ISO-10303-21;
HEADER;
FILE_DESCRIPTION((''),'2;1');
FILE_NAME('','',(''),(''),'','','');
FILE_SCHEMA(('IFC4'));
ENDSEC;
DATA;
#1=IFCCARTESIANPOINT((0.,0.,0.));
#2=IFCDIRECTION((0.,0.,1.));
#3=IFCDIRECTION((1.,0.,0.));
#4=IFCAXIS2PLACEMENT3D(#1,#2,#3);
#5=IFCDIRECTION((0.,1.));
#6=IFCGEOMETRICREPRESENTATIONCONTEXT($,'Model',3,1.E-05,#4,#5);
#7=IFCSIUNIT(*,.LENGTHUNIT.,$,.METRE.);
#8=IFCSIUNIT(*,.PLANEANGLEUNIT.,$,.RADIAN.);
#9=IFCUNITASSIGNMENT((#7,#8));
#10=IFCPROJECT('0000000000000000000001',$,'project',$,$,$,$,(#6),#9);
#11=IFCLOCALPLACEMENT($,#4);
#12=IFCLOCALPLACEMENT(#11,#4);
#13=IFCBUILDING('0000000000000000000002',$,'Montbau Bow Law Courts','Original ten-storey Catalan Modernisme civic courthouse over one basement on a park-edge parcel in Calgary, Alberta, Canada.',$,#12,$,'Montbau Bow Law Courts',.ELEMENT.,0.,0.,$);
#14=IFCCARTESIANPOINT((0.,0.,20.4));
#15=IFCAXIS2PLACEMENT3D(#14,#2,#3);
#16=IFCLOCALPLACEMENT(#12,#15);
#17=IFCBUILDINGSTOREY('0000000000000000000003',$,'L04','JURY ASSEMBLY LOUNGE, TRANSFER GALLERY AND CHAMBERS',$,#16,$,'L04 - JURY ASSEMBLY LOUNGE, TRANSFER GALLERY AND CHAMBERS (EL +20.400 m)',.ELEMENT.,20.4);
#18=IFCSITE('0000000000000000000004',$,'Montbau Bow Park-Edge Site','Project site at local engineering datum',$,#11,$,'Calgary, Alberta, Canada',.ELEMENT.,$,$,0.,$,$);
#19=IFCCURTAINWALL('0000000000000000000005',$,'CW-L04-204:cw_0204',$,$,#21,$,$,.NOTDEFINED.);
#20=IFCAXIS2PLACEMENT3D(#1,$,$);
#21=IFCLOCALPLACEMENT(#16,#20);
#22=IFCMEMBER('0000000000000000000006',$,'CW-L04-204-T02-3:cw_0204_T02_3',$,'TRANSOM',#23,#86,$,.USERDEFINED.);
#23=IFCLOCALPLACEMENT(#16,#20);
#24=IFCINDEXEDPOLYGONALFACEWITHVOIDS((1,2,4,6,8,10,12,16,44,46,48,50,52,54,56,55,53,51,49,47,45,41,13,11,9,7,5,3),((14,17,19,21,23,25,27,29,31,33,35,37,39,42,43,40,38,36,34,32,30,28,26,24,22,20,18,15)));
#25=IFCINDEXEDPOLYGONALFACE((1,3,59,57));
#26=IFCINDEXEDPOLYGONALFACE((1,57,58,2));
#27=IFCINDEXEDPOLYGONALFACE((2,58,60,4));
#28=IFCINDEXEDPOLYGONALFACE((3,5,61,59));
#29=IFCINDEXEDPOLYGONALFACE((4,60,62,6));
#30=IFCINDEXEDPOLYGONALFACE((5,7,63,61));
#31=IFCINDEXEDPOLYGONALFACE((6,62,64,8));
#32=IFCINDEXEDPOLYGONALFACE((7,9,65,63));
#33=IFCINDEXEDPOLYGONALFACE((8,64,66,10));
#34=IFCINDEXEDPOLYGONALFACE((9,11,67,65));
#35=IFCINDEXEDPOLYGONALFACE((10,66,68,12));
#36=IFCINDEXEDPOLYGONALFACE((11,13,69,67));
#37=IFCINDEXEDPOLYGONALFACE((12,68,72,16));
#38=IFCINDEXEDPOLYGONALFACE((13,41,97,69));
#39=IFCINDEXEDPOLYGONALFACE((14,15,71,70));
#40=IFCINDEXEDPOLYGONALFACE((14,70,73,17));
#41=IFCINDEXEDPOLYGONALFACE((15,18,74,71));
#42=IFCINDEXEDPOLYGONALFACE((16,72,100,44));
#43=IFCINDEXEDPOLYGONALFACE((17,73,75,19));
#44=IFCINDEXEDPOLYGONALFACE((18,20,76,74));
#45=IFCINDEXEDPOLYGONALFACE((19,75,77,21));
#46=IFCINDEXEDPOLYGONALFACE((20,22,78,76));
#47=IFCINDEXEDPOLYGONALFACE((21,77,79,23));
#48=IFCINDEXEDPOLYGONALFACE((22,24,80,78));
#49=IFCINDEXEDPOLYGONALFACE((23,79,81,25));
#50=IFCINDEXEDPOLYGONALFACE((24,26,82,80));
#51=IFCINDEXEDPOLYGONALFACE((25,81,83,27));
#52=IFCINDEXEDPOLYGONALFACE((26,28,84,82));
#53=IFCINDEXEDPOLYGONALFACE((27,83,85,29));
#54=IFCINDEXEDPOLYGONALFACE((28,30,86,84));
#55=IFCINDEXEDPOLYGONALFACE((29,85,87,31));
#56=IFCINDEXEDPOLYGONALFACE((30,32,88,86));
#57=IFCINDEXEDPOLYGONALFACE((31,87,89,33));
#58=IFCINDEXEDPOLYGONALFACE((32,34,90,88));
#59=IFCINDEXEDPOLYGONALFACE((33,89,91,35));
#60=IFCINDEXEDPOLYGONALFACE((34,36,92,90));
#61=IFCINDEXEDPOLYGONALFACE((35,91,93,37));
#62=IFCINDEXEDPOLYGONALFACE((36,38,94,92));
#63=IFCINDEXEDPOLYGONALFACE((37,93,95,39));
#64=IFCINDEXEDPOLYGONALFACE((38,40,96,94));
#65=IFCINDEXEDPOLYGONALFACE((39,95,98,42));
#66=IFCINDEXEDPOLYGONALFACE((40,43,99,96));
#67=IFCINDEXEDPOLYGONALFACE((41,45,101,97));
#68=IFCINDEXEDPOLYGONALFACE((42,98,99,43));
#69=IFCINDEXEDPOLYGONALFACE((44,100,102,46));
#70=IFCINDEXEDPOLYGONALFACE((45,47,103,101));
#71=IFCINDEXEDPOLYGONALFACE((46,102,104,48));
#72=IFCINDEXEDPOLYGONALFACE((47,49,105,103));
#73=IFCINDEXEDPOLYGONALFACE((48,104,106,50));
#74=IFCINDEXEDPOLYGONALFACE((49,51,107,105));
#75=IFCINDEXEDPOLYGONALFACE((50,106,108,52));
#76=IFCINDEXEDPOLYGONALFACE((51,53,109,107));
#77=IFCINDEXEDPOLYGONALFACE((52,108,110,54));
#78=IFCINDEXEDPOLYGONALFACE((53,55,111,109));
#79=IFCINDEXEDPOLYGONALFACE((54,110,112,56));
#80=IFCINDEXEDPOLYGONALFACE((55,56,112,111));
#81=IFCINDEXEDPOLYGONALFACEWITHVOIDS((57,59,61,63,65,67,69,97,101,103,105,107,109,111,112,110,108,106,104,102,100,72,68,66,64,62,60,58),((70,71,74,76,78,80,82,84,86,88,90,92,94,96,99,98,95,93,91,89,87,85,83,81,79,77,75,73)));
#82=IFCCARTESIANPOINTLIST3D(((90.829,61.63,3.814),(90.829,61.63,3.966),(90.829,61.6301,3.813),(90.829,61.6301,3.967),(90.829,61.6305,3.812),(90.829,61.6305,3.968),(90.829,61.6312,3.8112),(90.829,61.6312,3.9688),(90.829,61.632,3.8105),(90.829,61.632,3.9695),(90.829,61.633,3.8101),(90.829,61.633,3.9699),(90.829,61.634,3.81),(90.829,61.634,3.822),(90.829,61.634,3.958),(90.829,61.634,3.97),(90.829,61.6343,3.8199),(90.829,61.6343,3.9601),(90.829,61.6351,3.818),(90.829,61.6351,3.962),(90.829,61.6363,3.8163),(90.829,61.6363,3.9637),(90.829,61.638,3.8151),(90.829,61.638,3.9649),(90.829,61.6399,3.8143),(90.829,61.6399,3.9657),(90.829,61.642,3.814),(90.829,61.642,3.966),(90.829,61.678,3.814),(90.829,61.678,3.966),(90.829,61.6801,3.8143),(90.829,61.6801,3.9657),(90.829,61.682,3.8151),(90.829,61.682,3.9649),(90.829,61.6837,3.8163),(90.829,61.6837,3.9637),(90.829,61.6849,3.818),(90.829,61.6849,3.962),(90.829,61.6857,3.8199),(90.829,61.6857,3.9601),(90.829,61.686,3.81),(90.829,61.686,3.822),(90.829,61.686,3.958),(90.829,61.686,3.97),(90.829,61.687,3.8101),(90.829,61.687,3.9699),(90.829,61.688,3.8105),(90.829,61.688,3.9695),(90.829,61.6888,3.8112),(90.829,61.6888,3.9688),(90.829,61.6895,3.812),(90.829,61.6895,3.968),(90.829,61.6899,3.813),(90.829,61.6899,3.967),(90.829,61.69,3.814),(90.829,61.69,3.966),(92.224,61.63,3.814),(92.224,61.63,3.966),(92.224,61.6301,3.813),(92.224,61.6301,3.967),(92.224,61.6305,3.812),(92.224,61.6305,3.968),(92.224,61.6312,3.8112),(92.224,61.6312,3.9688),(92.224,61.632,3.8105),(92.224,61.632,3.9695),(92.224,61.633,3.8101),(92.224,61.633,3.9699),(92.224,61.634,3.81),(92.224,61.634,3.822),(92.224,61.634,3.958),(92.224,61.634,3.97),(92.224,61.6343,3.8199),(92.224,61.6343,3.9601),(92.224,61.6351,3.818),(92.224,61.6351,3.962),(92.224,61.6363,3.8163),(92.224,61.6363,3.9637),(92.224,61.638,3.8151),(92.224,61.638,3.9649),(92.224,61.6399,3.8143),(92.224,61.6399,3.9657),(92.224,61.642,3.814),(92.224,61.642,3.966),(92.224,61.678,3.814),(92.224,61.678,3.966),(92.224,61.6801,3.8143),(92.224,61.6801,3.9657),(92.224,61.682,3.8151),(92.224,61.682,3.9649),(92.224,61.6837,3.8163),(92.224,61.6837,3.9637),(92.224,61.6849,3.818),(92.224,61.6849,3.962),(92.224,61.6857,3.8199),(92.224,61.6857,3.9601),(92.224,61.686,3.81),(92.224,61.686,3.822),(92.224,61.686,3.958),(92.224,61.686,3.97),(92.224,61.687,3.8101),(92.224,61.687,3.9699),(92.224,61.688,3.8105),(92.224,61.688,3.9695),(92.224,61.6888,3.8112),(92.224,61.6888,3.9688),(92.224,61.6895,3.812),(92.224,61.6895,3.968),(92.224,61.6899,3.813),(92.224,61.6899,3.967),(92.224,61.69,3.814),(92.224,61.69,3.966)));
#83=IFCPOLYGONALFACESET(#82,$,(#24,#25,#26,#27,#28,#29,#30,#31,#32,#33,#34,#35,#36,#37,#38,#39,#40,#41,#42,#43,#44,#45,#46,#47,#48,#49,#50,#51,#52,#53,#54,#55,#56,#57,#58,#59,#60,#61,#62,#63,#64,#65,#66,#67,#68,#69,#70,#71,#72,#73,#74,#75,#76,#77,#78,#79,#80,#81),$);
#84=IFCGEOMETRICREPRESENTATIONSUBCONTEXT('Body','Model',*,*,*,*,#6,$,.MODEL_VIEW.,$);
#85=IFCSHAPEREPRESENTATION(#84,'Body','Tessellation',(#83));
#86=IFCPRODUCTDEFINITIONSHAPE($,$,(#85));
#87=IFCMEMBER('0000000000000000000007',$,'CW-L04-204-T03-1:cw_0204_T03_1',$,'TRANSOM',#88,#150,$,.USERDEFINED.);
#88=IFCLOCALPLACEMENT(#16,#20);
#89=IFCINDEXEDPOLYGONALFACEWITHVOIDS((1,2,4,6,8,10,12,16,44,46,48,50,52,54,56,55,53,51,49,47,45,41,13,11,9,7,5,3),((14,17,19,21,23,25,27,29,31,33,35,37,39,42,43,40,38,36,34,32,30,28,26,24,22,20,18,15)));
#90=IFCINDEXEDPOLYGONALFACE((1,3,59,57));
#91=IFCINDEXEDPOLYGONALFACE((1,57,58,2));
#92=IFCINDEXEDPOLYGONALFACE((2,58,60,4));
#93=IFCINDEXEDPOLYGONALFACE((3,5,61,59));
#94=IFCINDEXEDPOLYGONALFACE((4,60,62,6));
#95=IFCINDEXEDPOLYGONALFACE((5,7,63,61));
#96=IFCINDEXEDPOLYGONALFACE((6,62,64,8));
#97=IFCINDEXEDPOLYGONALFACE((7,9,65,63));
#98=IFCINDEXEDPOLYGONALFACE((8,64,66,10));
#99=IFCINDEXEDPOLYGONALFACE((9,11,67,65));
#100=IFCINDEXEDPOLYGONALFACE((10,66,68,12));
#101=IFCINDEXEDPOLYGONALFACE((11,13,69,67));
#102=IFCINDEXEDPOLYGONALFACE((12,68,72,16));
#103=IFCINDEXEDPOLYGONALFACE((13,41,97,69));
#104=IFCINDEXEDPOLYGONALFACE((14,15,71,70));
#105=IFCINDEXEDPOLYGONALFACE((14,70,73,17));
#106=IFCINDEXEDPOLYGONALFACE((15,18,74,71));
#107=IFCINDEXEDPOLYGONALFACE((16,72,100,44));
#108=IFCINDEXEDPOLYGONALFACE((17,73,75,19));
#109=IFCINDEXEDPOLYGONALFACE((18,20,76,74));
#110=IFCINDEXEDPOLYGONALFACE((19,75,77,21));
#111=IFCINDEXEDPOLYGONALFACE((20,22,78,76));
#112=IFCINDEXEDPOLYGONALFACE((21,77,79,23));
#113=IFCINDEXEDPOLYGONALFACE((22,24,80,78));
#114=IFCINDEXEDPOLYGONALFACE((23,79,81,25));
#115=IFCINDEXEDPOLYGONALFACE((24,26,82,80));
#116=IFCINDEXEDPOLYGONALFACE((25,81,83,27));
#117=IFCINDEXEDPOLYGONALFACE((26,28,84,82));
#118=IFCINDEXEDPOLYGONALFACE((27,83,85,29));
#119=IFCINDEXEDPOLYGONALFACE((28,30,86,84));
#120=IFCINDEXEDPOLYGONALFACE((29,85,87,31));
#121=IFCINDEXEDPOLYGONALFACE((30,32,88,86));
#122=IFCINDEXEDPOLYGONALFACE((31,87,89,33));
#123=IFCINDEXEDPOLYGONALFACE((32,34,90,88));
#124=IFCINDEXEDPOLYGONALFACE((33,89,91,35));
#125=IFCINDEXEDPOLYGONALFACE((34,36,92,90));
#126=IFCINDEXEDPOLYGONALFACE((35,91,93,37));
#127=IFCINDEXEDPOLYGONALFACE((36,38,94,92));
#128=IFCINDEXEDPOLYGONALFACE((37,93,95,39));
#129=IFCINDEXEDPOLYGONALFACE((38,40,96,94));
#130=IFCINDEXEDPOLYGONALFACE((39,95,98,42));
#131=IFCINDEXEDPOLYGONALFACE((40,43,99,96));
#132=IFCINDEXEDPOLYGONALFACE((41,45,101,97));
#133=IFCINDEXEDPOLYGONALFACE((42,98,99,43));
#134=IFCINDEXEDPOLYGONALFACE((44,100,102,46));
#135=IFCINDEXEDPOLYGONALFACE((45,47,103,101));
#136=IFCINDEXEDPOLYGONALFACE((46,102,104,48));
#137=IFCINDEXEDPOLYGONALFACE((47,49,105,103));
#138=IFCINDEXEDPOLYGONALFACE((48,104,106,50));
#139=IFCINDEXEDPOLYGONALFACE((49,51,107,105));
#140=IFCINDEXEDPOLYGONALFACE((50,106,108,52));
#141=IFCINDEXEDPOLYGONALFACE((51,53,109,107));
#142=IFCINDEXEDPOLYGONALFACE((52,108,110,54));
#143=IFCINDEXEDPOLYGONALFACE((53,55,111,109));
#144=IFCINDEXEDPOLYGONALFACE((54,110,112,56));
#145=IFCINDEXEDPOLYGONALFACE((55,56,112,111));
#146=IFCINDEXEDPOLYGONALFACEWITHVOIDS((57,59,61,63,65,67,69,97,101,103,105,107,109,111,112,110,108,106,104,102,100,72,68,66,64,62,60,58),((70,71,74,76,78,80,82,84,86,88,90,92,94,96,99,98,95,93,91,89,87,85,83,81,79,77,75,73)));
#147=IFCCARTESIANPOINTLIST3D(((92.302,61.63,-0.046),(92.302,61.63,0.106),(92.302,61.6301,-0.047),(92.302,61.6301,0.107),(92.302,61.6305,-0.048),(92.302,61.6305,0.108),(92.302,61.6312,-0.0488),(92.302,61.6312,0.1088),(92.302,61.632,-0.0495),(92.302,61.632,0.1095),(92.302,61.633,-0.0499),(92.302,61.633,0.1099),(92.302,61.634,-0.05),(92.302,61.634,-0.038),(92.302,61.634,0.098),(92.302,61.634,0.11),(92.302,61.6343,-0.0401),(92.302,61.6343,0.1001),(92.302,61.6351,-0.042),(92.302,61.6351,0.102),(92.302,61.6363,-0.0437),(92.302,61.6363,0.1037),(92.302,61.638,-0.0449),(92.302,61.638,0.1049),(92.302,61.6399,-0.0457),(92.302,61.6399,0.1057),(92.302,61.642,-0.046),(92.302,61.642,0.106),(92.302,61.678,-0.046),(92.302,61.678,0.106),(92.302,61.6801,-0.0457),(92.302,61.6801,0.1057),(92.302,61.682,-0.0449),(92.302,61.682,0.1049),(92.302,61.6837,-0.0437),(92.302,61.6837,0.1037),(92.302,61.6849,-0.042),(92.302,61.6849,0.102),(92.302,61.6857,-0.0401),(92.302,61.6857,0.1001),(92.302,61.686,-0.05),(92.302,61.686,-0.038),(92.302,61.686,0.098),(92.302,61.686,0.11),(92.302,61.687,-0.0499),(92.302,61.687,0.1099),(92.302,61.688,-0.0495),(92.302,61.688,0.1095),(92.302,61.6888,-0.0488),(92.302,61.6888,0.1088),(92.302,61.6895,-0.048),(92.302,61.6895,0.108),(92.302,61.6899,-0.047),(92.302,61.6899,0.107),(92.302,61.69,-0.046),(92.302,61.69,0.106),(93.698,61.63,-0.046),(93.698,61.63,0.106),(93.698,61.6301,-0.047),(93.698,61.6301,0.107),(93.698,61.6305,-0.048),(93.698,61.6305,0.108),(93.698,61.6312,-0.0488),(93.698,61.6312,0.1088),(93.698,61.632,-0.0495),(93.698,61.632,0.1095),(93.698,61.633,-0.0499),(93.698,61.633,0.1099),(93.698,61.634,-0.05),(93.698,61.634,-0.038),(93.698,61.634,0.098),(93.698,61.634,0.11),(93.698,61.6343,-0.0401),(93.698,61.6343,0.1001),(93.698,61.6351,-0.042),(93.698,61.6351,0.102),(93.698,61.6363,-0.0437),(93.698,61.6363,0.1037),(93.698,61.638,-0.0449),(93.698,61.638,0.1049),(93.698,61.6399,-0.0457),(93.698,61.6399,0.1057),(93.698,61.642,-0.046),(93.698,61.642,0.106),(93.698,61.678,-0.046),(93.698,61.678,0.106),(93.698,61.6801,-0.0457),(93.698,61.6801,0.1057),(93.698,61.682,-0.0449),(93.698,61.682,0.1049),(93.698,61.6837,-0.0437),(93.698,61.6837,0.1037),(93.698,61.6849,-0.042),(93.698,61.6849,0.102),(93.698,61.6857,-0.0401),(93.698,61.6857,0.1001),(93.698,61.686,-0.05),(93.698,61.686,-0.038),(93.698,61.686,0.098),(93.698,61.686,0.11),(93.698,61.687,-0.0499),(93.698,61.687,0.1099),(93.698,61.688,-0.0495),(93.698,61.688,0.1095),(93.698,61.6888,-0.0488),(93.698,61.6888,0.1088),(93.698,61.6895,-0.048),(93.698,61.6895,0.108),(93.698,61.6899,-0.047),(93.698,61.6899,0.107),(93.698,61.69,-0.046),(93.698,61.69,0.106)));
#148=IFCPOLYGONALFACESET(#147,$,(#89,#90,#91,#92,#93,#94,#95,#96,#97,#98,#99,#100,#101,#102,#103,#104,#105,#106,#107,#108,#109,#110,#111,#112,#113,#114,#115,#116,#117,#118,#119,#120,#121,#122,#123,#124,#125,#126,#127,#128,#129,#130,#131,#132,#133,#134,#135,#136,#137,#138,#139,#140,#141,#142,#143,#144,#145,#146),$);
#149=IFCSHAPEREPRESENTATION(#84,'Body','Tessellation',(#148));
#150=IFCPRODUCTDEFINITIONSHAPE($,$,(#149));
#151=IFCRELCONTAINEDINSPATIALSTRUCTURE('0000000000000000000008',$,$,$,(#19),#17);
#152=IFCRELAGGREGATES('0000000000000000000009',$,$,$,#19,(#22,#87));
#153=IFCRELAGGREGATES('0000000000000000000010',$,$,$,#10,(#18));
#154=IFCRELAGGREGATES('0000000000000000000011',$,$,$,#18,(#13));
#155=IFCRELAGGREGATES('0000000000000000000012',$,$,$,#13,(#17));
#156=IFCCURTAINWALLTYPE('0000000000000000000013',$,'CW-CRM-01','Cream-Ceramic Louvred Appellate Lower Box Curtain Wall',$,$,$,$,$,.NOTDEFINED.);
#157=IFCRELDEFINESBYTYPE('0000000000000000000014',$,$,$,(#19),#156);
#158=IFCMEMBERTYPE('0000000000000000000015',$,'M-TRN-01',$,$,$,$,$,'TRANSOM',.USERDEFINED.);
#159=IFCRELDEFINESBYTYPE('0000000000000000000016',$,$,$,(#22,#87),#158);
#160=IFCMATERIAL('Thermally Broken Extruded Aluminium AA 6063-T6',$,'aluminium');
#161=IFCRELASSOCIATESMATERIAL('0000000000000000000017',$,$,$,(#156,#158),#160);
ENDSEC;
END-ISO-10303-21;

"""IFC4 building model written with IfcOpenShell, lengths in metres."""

from ifc_helpers import new_model, si_unit, direction, frame, origin_with_axes, origin_2d_with_axis, place, context, subcontext, project, spatial, hollow_rectangle, extrude, material, material_profile, profile_set, type_object, element, aggregate, save


model = new_model("IFC4")

# Units and contexts
model_context = context("Model", 3, precision=1e-05, world=origin_with_axes(), true_north=direction((0.0, 1.0)))
body_context = subcontext(model_context, "Body", "Model", "MODEL_VIEW")
ifc_project = project(units=[si_unit("LENGTHUNIT", "METRE"), si_unit("PLANEANGLEUNIT", "RADIAN")], contexts=[model_context])

# Site, building, storey
site_placement = place(None, origin_with_axes())
site = spatial("IfcSite", under=ifc_project, at=site_placement, Name="Montbau Bow Park-Edge Site", Description="Project site at local engineering datum", LongName="Calgary, Alberta, Canada", CompositionType="ELEMENT", RefElevation=0.0)
building_placement = place(site_placement, origin_with_axes())
building = spatial("IfcBuilding", under=site, at=building_placement, Name="Montbau Bow Law Courts", Description="Original ten-storey Catalan Modernisme civic courthouse over one basement on a park-edge parcel in Calgary, Alberta, Canada.", LongName="Montbau Bow Law Courts", CompositionType="ELEMENT", ElevationOfRefHeight=0.0, ElevationOfTerrain=0.0)
storey_placement = place(building_placement, frame((0.0, 0.0, 20.4), z_axis=(0.0, 0.0, 1.0), x_axis=(1.0, 0.0, 0.0)))
storey = spatial("IfcBuildingStorey", under=building, at=storey_placement, Name="L04", Description="JURY ASSEMBLY LOUNGE, TRANSFER GALLERY AND CHAMBERS", LongName="L04 - JURY ASSEMBLY LOUNGE, TRANSFER GALLERY AND CHAMBERS (EL +20.400 m)", CompositionType="ELEMENT", Elevation=20.4)

# Curtain wall, members
ifc_material_1 = material(Name="Thermally Broken Extruded Aluminium AA 6063-T6", Category="aluminium")
curtain_wall_type = type_object("IfcCurtainWallType", Name="CW-CRM-01", Description="Cream-Ceramic Louvred Appellate Lower Box Curtain Wall", PredefinedType="NOTDEFINED", material=ifc_material_1)
curtain_wall_placement = place(None, frame((89.315, 61.66, 20.4), z_axis=(0.0, 0.0, 1.0), x_axis=(1.0, 0.0, 0.0)))
curtain_wall = element("IfcCurtainWall", 1, at=curtain_wall_placement, inside=storey, type_object=curtain_wall_type, Name="CW-L04-204:cw_0204", PredefinedType="NOTDEFINED")
ifc_material_profile_1 = material_profile(ifc_material_1, hollow_rectangle(XDim=0.06, YDim=0.16, WallThickness=0.004, InnerFilletRadius=0.008, OuterFilletRadius=0.004, at=origin_2d_with_axis()), Name="CWT-160X60", Category="Main", Priority=0)
ifc_profile_set_1 = profile_set([ifc_material_profile_1], Name="Thermally Broken Extruded Aluminium AA 6063-T6")
member_type_1 = type_object("IfcMemberType", Name="M-TRN-01", ElementType="TRANSOM", PredefinedType="USERDEFINED", material=ifc_profile_set_1)
member_1_placement = place(None, frame((90.829, 61.66, 24.29), z_axis=(1.0, 0.0, 0.0), x_axis=(0.0, 1.0, 0.0)))
member_1 = element("IfcMember", 2, at=member_1_placement, type_object=member_type_1, Name="CW-L04-204-T02-3:cw_0204_T02_3", ObjectType="TRANSOM", PredefinedType="USERDEFINED", context=body_context, shape_type="SweptSolid", body=[
    extrude(hollow_rectangle(XDim=0.06, YDim=0.16, WallThickness=0.004, InnerFilletRadius=0.008, OuterFilletRadius=0.004, at=origin_2d_with_axis()), origin_with_axes(), (0.0, 0.0, 1.0), 1.395),
])
member_2_placement = place(None, frame((92.302, 61.66, 20.43), z_axis=(1.0, 0.0, 0.0), x_axis=(0.0, 1.0, 0.0)))
member_2 = element("IfcMember", 3, at=member_2_placement, type_object=member_type_1, Name="CW-L04-204-T03-1:cw_0204_T03_1", ObjectType="TRANSOM", PredefinedType="USERDEFINED", context=body_context, shape_type="SweptSolid", body=[
    extrude(hollow_rectangle(XDim=0.06, YDim=0.16, WallThickness=0.004, InnerFilletRadius=0.008, OuterFilletRadius=0.004, at=origin_2d_with_axis()), origin_with_axes(), (0.0, 0.0, 1.0), 1.396),
])
aggregate(curtain_wall, [member_1, member_2])

save(model, "model.ifc")
